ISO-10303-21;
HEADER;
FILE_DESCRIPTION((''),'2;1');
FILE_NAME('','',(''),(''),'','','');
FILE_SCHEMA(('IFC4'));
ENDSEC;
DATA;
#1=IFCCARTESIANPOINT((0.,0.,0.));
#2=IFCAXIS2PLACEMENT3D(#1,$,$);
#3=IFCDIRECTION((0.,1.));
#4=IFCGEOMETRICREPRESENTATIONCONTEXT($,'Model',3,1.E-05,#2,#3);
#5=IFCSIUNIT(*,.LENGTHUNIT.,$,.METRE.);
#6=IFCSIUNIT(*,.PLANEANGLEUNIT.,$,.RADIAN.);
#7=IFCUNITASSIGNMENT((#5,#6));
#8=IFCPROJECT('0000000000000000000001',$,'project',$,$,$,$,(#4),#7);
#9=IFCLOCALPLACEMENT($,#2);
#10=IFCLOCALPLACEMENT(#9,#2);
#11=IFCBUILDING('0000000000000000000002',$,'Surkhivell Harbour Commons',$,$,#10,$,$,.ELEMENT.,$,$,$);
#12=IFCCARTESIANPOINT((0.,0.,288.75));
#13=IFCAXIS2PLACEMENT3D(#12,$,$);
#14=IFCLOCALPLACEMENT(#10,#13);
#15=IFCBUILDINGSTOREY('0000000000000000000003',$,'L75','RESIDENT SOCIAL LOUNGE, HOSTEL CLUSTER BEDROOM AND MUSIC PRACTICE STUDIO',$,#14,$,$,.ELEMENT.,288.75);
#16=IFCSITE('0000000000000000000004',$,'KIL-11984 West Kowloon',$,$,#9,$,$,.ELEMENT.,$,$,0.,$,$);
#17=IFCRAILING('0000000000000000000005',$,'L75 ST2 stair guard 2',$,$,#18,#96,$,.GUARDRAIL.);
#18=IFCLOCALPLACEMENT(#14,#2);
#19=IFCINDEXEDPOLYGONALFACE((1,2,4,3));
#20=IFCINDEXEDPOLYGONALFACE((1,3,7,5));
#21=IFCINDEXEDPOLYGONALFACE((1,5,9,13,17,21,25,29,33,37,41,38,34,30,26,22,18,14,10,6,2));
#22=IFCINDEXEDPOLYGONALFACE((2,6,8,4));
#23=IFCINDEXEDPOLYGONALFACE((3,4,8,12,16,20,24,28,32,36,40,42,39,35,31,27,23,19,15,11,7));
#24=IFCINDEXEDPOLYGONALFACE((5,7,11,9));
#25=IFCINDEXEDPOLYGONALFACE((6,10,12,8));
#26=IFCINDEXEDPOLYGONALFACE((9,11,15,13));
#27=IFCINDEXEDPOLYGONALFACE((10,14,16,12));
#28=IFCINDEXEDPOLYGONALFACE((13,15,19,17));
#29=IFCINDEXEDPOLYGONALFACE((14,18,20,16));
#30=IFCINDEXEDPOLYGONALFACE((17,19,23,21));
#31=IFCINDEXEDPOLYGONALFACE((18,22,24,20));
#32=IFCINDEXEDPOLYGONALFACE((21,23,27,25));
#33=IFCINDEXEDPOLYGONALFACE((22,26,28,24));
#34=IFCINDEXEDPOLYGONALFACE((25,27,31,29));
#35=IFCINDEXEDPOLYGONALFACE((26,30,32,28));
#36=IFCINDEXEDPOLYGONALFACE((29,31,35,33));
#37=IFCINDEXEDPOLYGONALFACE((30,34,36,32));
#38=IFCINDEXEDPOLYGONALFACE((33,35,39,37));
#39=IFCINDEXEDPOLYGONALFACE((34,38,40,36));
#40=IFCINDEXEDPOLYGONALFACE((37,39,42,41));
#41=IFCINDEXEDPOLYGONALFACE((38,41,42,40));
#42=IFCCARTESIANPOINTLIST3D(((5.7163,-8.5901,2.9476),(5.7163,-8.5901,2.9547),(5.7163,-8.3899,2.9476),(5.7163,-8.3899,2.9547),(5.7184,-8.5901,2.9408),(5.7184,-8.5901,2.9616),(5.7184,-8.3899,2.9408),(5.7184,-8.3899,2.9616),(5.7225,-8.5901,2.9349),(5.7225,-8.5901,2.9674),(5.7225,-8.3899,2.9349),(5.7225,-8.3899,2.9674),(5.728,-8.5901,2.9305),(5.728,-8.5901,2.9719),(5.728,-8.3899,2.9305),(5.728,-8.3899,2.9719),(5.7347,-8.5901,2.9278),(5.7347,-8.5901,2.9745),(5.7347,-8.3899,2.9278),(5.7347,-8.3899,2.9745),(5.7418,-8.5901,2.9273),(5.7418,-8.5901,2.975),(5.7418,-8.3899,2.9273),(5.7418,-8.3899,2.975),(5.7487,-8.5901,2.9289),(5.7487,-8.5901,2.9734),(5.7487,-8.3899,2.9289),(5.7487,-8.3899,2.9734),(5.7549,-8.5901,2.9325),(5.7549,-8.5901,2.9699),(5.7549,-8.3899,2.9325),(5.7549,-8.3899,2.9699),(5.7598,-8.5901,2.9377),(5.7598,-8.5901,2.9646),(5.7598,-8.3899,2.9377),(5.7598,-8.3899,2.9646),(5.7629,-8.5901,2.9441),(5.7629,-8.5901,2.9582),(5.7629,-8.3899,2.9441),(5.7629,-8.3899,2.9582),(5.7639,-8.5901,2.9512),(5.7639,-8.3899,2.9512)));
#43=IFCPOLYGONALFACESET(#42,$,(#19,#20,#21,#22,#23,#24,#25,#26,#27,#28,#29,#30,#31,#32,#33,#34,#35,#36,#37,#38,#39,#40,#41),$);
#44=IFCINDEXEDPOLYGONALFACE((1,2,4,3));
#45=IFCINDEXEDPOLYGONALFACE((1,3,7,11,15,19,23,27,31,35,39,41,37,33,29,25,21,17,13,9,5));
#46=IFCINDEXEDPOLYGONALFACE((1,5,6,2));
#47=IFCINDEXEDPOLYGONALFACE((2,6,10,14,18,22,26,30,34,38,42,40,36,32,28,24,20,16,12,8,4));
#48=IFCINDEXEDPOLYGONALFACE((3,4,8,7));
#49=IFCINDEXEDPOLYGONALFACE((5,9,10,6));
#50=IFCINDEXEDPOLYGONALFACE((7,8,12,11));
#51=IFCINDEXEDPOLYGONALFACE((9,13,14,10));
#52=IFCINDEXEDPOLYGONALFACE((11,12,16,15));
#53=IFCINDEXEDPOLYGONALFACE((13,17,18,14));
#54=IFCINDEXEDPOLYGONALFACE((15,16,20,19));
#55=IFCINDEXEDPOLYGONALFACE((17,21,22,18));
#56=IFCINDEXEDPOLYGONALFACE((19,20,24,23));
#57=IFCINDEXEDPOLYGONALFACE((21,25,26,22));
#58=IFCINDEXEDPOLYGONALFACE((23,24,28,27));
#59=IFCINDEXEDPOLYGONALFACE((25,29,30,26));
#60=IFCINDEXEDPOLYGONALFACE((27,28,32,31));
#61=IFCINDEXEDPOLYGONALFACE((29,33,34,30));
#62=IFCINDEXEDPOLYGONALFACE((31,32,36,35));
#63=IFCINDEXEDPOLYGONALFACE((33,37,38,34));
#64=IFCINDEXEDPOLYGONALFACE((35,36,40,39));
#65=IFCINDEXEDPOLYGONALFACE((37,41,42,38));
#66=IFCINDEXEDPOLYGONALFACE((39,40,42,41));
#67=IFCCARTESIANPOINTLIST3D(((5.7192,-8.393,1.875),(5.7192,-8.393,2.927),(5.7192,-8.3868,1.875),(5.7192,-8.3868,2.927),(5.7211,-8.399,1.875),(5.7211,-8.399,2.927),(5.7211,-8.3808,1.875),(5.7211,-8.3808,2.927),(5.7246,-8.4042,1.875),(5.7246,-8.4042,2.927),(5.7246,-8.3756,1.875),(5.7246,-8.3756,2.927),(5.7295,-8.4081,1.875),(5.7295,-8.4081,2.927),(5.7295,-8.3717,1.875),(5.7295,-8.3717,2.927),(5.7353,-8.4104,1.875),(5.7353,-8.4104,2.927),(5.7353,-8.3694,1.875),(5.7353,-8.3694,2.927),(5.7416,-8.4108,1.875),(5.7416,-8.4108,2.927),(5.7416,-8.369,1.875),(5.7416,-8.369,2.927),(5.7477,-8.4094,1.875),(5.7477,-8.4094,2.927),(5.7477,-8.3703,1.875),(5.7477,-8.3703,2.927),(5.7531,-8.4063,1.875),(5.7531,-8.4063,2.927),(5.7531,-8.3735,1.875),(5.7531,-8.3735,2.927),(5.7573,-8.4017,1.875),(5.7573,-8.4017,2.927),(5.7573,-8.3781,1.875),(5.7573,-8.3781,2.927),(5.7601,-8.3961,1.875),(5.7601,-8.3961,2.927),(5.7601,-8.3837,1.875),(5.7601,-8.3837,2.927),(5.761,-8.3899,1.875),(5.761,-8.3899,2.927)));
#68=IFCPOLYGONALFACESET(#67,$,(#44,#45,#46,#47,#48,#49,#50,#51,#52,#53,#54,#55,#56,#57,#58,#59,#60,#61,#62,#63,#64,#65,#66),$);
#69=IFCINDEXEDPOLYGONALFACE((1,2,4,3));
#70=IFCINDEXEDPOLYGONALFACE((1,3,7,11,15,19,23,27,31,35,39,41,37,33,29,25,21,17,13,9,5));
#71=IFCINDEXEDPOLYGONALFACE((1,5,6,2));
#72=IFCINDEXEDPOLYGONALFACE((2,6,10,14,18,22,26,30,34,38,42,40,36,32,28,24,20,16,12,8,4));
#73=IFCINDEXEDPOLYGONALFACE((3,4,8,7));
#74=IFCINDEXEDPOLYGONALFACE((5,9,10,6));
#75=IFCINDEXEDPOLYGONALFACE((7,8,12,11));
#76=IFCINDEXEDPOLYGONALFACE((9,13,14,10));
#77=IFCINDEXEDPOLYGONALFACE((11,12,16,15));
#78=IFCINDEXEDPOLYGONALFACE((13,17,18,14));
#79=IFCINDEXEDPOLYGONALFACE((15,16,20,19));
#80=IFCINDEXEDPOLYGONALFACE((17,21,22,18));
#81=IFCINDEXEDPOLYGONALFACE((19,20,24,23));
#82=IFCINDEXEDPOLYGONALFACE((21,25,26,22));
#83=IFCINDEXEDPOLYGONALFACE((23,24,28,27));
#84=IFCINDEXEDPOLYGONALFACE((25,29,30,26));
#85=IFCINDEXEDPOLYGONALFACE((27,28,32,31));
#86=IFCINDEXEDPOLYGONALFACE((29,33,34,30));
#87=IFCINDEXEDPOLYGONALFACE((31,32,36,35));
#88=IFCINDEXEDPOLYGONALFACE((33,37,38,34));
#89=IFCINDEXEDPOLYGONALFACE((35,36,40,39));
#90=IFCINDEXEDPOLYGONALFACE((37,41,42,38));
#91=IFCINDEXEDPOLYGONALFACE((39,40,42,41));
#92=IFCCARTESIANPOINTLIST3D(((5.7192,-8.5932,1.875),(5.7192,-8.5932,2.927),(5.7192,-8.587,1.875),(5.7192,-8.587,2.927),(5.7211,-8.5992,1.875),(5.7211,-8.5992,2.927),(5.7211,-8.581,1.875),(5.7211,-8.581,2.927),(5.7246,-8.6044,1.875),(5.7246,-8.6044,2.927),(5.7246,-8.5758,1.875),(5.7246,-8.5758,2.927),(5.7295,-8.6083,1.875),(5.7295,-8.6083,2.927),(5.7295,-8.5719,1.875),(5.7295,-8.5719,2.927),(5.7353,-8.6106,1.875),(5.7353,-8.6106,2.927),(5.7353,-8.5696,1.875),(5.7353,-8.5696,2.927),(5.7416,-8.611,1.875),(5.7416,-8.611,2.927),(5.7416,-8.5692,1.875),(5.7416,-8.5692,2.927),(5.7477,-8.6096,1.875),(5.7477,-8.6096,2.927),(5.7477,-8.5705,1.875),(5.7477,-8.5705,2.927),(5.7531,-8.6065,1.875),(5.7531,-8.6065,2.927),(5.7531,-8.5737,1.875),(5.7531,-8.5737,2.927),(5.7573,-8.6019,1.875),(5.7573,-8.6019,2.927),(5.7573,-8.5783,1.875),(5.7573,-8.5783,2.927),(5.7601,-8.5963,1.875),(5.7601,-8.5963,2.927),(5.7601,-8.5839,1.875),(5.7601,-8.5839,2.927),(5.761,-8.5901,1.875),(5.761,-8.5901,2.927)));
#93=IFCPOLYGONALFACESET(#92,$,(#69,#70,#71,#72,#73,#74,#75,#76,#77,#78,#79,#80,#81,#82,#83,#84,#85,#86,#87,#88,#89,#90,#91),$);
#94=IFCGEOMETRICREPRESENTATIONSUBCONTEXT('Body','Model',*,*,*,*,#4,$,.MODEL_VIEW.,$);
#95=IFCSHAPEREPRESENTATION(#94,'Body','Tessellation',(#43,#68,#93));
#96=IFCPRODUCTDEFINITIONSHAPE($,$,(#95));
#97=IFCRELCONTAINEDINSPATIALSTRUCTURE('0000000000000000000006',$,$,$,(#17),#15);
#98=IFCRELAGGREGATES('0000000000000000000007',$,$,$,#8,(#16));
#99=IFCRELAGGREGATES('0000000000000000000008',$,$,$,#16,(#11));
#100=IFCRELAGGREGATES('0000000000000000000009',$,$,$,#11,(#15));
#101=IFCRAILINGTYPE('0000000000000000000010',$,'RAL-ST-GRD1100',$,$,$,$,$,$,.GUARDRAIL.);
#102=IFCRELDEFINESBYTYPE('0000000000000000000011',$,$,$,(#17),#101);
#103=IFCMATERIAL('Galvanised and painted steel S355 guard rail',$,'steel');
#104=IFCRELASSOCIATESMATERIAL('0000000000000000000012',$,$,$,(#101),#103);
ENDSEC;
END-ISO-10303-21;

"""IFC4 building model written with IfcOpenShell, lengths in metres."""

from ifc_helpers import new_model, si_unit, direction, frame, origin, origin_2d, place, context, subcontext, project, spatial, circle, extrude, material, type_object, element, save


model = new_model("IFC4")

# Units and contexts
model_context = context("Model", 3, precision=1e-05, world=origin(), true_north=direction((0.0, 1.0)))
body_context = subcontext(model_context, "Body", "Model", "MODEL_VIEW")
ifc_project = project(units=[si_unit("LENGTHUNIT", "METRE"), si_unit("PLANEANGLEUNIT", "RADIAN")], contexts=[model_context])

# Site, building, storey
site_placement = place(None, origin())
site = spatial("IfcSite", under=ifc_project, at=site_placement, Name="KIL-11984 West Kowloon", CompositionType="ELEMENT", RefElevation=0.0)
building_placement = place(site_placement, origin())
building = spatial("IfcBuilding", under=site, at=building_placement, Name="Surkhivell Harbour Commons", CompositionType="ELEMENT")
storey_placement = place(building_placement, frame((0.0, 0.0, 288.75)))
storey = spatial("IfcBuildingStorey", under=building, at=storey_placement, Name="L75", Description="RESIDENT SOCIAL LOUNGE, HOSTEL CLUSTER BEDROOM AND MUSIC PRACTICE STUDIO", CompositionType="ELEMENT", Elevation=288.75)

# Railing
ifc_material_1 = material(Name="Galvanised and painted steel S355 guard rail", Category="steel")
railing_type_1 = type_object("IfcRailingType", Name="RAL-ST-GRD1100", PredefinedType="GUARDRAIL", material=ifc_material_1)
railing_1_placement = place(storey_placement, frame((5.74, -8.3899, 1.875)))
element("IfcRailing", 1, at=railing_1_placement, inside=storey, type_object=railing_type_1, Name="L75 ST2 stair guard 2", PredefinedType="GUARDRAIL", context=body_context, shape_type="SweptSolid", body=[
    extrude(circle(Radius=0.0239, at=origin_2d()), frame((0.0, 0.0, 1.0762), z_axis=(0.0, -1.0, 0.0), x_axis=(1.0, 0.0, 0.0)), (0.0, 0.0, 1.0), 0.2002),
    extrude(circle(Radius=0.021, at=origin_2d()), origin(), (0.0, 0.0, 1.0), 1.052),
    extrude(circle(Radius=0.021, at=origin_2d()), frame((0.0, -0.2002, 0.0)), (0.0, 0.0, 1.0), 1.052),
])

save(model, "model.ifc")
